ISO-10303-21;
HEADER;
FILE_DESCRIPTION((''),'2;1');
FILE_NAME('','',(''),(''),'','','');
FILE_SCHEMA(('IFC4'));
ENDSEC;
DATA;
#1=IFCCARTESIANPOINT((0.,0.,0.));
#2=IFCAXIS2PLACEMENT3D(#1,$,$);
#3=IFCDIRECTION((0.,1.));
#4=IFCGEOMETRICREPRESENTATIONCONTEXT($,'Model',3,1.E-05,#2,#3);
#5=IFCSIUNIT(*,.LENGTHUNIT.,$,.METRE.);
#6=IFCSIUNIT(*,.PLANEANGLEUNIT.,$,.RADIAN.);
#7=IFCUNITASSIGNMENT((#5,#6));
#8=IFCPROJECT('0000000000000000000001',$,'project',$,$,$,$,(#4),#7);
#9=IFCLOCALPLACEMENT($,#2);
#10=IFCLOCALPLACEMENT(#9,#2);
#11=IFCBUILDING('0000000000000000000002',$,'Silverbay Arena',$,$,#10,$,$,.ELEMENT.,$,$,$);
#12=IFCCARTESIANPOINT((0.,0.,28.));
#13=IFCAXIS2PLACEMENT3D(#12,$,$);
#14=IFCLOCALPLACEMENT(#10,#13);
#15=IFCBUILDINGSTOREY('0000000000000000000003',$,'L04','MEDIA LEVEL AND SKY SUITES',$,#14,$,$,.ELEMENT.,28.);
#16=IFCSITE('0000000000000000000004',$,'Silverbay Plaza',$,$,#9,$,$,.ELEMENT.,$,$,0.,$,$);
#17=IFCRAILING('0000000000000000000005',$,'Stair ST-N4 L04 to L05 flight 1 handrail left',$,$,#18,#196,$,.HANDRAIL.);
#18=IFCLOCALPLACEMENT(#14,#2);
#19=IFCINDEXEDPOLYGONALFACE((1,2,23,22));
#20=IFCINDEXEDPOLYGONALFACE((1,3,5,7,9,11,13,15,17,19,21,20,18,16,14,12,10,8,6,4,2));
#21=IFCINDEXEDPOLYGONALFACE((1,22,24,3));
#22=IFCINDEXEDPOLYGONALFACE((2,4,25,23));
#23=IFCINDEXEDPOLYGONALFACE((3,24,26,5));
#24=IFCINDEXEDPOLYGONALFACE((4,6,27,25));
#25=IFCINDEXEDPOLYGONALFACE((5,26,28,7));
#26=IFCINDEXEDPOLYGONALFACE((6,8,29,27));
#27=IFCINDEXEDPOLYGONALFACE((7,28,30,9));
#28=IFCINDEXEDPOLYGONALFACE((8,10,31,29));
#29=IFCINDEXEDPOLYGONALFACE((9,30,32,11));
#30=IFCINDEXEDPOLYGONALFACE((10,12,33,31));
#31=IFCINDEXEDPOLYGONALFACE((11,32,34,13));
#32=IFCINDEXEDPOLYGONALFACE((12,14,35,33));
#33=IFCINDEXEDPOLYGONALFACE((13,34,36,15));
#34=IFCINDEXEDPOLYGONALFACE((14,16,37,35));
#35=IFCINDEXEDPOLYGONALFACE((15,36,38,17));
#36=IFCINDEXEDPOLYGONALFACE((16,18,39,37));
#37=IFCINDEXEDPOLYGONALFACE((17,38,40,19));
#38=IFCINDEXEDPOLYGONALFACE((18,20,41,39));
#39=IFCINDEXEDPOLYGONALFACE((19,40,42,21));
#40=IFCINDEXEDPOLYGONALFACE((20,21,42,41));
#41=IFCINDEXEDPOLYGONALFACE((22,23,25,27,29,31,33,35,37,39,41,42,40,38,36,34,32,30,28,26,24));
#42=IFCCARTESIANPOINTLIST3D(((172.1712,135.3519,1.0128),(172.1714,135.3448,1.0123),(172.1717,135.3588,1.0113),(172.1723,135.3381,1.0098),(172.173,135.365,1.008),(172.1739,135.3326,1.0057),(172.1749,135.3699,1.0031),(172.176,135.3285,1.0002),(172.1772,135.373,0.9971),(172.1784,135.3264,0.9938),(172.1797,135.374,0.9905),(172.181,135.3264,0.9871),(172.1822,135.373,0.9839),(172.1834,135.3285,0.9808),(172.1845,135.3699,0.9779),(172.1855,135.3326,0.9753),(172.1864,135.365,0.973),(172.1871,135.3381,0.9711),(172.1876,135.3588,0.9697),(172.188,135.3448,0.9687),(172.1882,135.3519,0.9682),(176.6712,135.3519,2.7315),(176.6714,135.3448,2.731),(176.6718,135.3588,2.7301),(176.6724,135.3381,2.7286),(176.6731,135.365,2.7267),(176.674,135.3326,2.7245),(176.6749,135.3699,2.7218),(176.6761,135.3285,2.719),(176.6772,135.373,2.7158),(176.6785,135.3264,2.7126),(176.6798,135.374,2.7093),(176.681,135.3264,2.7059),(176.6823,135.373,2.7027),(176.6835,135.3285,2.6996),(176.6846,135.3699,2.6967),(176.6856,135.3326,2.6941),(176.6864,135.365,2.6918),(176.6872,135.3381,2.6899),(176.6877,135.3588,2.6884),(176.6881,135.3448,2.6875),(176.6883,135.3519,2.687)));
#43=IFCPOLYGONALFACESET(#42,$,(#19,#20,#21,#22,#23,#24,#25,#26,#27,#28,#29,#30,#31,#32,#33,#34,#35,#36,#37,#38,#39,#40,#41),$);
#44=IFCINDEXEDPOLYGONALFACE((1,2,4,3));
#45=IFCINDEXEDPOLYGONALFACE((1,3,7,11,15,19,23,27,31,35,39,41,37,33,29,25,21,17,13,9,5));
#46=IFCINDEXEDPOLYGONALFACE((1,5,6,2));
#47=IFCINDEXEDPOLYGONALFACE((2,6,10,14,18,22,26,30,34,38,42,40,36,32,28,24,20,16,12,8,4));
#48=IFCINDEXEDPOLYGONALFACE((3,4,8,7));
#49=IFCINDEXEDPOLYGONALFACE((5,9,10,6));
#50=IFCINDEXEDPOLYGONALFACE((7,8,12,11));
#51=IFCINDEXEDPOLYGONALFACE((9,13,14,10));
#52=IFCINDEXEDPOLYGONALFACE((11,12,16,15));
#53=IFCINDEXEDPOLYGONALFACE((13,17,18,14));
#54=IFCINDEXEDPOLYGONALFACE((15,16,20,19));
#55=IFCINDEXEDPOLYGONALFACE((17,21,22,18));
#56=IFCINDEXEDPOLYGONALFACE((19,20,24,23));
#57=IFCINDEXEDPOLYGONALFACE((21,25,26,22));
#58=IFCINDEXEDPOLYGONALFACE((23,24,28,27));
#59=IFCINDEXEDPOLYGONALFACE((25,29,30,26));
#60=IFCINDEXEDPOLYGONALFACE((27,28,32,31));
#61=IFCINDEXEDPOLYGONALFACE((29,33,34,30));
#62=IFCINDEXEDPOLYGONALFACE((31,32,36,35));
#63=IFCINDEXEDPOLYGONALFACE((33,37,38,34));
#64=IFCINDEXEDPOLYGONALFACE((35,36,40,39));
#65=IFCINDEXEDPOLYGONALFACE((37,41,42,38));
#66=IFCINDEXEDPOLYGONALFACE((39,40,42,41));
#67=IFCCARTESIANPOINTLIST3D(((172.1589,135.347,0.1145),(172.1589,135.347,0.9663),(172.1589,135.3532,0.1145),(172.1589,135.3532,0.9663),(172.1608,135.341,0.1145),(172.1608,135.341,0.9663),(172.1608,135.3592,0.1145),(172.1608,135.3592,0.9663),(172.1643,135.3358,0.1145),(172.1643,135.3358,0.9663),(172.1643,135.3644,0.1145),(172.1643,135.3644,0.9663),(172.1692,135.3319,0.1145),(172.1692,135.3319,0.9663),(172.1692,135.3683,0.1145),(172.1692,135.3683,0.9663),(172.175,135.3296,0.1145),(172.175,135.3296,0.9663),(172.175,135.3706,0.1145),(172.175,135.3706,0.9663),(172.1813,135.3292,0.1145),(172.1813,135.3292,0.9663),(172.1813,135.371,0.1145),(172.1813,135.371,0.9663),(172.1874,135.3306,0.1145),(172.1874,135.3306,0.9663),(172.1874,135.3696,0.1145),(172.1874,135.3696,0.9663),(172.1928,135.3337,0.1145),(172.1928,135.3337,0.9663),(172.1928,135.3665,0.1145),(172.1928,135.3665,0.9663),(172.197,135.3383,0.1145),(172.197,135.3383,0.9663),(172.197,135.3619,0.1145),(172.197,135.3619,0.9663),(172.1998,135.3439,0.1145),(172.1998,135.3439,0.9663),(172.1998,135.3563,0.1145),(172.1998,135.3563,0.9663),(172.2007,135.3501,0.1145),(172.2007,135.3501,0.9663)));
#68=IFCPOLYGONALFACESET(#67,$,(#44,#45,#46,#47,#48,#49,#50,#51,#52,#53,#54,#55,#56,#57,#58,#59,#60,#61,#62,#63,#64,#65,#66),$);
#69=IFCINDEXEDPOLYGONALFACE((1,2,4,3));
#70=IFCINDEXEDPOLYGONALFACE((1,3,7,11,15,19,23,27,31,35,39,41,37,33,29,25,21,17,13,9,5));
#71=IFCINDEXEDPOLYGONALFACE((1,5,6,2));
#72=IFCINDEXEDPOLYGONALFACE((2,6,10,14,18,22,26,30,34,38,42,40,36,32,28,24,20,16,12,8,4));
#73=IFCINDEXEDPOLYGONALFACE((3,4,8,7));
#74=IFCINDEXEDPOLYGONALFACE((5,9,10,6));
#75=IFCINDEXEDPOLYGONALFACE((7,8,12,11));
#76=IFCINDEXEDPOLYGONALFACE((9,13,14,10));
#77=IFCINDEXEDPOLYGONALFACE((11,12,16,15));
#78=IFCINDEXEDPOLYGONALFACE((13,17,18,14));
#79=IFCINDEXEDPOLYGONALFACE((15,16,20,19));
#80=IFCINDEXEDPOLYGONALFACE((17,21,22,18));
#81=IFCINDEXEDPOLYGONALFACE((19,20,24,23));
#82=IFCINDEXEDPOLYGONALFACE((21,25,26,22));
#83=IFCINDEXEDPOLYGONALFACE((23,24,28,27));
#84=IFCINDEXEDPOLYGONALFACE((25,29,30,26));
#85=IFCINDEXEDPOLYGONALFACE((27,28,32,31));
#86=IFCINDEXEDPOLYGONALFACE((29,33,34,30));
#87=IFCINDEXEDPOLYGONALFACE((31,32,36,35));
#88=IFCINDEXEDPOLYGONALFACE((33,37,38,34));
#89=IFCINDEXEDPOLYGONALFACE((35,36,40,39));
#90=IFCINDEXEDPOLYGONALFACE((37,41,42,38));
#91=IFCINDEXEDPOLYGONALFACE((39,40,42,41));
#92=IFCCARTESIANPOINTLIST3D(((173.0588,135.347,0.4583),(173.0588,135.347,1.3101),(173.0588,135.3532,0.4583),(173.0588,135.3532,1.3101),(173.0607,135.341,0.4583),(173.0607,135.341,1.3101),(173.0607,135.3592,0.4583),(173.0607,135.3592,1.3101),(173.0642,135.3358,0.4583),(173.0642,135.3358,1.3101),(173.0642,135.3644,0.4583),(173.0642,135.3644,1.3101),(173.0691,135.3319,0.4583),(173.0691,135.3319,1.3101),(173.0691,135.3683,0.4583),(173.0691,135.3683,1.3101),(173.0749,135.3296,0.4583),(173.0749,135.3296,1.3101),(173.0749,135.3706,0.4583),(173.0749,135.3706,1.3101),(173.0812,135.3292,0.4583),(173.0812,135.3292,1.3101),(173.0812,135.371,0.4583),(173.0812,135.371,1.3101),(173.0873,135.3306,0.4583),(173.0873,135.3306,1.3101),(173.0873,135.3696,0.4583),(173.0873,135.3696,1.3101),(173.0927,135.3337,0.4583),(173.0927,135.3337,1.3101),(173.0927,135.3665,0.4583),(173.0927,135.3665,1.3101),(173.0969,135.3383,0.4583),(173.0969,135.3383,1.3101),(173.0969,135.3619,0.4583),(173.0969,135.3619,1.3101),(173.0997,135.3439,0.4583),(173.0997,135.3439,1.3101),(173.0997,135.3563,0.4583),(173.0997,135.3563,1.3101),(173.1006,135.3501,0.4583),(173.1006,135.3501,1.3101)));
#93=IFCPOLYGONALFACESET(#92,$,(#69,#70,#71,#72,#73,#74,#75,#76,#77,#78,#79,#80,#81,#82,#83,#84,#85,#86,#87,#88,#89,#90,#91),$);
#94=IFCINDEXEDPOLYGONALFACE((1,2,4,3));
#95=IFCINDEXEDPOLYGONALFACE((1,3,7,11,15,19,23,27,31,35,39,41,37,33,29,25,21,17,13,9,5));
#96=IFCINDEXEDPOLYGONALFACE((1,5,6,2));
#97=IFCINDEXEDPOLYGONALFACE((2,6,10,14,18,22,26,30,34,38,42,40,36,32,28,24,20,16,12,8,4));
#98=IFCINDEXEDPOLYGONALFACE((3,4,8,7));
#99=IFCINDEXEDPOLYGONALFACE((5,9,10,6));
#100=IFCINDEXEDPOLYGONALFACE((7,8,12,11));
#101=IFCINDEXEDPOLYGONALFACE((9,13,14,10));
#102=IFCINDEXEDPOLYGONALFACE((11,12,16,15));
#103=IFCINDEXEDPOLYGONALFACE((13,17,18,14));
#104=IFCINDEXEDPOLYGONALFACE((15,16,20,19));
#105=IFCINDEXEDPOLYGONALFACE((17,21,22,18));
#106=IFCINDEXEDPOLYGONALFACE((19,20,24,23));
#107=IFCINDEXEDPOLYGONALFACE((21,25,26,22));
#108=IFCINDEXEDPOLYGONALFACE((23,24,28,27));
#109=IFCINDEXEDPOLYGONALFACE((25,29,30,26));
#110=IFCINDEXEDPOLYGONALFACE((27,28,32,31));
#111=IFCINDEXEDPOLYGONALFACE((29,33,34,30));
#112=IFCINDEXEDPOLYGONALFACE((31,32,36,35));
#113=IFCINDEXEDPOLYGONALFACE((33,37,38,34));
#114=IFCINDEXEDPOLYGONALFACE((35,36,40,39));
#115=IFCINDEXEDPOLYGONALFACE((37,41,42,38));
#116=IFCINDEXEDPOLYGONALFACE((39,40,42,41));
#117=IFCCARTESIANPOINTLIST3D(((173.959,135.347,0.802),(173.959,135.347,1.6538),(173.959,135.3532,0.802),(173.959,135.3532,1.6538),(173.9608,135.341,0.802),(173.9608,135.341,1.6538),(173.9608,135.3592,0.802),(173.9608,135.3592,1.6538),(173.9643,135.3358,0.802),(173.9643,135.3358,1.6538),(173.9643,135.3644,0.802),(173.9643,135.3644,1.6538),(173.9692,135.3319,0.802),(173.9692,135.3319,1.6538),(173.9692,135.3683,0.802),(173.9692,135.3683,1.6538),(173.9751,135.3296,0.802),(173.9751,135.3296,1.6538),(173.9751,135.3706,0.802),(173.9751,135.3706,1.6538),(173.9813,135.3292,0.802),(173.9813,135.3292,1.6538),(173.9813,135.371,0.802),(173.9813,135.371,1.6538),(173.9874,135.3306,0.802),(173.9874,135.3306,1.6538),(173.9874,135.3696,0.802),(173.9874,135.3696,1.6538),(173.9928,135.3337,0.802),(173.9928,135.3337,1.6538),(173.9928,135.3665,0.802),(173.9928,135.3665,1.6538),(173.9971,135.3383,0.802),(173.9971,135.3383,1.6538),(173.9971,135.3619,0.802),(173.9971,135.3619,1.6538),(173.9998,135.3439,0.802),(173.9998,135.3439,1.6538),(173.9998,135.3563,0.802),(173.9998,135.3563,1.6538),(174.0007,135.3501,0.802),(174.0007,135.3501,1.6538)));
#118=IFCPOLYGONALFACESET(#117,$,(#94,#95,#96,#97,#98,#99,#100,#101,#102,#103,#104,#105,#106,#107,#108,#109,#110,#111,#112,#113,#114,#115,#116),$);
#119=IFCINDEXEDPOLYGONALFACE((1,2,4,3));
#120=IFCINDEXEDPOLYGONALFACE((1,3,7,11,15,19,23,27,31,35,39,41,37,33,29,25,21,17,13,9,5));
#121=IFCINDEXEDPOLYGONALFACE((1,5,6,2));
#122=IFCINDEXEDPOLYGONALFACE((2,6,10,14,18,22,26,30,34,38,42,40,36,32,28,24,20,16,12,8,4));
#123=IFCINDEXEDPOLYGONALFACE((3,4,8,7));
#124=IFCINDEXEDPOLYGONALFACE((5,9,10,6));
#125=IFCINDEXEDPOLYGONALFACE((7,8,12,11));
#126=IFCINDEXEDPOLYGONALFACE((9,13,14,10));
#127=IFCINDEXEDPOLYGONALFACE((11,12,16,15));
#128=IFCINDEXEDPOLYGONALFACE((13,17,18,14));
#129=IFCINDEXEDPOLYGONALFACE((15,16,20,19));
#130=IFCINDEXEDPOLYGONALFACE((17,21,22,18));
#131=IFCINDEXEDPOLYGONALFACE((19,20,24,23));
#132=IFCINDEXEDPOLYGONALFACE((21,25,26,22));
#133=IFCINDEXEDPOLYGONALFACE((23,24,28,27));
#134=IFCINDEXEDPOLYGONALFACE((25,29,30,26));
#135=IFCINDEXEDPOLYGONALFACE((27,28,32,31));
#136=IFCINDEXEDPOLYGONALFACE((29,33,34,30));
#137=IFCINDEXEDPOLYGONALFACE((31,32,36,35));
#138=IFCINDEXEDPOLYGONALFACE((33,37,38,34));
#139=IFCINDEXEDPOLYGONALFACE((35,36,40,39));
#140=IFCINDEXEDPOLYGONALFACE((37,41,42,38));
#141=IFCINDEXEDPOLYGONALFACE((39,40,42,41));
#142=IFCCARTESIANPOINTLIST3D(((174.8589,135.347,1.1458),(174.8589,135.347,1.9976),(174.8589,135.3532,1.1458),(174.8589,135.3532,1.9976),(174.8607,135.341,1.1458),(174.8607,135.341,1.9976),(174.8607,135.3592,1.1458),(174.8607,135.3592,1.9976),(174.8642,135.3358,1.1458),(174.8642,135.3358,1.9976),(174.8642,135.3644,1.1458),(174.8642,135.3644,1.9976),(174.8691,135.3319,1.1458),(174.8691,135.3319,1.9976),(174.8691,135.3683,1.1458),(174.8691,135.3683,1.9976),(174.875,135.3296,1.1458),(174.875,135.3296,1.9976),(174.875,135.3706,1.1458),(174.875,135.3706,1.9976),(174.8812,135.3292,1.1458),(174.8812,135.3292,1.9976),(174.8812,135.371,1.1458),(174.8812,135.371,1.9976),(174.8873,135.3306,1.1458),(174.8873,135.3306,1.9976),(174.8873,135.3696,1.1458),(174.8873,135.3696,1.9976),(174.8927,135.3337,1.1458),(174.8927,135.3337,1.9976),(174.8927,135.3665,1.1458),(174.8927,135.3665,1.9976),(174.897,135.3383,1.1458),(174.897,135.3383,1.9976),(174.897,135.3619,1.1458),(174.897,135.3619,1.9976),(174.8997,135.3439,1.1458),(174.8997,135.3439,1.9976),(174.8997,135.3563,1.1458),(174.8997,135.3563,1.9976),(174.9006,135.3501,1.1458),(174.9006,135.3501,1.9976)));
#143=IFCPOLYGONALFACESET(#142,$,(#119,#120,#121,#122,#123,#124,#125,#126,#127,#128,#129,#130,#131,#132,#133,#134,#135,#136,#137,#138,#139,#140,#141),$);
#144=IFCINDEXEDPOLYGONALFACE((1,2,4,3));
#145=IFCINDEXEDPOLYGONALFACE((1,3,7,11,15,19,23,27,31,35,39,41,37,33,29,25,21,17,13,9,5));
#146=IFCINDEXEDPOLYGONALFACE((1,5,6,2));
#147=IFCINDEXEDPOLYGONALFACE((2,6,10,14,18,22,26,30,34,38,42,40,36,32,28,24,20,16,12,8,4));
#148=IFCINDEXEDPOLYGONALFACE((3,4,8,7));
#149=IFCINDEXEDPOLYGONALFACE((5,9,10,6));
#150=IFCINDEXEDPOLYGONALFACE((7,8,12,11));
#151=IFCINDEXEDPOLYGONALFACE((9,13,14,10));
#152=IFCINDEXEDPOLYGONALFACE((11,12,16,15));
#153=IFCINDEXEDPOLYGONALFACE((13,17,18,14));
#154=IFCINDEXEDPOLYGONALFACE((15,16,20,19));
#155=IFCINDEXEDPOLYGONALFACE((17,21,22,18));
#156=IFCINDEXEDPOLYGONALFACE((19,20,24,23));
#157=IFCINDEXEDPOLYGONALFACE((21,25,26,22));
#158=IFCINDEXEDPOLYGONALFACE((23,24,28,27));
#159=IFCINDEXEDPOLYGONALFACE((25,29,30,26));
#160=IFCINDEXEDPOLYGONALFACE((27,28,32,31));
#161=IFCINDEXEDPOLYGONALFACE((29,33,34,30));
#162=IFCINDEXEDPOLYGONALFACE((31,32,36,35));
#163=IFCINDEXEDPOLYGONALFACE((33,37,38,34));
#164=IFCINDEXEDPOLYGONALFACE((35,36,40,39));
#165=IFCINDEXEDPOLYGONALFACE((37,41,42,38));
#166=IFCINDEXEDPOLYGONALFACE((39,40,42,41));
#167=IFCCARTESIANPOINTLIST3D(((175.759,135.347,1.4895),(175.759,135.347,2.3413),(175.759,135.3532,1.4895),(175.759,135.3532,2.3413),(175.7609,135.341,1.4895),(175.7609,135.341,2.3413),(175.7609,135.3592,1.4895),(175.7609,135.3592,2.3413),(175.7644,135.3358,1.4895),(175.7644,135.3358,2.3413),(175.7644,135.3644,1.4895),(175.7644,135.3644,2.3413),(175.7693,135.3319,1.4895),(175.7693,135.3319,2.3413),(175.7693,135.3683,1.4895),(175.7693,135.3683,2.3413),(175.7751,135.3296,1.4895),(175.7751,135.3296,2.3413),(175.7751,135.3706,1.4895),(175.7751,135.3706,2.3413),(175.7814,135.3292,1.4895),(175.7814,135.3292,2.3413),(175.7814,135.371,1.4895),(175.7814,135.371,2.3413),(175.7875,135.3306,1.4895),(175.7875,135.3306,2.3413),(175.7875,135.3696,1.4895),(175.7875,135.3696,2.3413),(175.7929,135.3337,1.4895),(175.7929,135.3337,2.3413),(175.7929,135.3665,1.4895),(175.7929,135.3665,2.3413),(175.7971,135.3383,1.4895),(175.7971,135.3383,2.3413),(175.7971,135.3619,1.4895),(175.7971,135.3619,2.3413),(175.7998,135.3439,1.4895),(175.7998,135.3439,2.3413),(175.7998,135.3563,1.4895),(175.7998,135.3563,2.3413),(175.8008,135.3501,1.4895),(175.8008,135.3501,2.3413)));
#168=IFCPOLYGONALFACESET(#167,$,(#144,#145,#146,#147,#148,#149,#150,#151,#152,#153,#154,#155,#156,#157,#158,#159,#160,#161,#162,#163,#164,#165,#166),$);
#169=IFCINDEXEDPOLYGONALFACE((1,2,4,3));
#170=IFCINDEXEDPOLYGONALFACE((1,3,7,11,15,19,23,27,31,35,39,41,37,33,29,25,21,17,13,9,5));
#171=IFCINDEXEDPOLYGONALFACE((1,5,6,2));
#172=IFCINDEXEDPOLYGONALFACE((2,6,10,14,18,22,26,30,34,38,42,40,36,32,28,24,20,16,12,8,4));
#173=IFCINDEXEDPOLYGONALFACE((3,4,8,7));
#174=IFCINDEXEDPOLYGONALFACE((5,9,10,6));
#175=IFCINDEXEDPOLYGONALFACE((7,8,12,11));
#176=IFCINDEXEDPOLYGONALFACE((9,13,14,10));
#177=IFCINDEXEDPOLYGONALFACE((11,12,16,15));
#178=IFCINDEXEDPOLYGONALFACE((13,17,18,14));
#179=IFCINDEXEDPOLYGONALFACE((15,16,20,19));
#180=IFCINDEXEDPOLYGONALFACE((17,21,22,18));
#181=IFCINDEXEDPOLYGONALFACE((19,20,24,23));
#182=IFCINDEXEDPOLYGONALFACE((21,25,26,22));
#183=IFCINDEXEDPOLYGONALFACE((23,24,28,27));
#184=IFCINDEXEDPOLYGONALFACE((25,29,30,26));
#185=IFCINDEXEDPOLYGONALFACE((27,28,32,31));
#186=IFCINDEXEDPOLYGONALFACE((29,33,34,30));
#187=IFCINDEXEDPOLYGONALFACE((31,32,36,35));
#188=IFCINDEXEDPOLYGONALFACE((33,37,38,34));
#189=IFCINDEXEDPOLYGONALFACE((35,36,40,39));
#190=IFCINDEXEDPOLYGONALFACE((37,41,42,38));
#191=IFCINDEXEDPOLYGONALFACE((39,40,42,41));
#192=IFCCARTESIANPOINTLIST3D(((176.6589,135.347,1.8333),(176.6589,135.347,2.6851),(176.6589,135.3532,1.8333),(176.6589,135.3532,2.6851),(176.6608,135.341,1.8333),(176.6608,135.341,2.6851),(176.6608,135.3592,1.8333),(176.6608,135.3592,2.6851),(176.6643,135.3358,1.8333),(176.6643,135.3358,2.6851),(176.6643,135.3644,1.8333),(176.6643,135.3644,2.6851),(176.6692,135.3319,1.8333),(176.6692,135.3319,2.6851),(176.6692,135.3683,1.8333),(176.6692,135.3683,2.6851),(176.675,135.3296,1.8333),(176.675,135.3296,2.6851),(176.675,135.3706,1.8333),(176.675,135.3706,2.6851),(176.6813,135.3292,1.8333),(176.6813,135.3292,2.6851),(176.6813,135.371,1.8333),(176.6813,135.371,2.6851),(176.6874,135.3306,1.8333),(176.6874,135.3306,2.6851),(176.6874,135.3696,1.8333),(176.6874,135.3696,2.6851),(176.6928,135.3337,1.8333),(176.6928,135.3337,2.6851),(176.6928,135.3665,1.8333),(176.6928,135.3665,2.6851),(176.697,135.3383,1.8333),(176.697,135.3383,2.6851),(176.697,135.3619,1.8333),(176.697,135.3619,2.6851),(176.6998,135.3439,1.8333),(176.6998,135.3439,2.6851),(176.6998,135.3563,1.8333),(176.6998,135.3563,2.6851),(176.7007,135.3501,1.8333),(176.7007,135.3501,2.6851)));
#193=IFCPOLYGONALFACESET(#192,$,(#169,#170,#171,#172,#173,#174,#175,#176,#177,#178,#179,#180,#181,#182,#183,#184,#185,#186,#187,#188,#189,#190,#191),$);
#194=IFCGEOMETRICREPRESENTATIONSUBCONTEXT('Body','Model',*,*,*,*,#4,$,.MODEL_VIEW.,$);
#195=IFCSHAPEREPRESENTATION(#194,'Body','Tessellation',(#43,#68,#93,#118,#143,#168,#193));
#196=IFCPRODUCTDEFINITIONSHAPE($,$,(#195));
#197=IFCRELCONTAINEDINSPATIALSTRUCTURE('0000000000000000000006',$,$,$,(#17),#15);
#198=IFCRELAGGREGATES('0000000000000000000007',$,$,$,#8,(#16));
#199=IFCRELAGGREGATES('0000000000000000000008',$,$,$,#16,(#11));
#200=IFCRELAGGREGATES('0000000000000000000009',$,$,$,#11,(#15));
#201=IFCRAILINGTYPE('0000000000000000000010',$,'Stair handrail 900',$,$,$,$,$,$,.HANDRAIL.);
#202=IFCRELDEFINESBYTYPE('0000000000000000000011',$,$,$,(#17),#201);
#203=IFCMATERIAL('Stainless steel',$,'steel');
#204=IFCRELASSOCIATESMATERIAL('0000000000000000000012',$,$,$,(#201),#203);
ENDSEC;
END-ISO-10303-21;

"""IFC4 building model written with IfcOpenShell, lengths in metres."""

from ifc_helpers import new_model, si_unit, direction, frame, origin, origin_2d, place, context, subcontext, project, spatial, circle, extrude, material, type_object, element, save


model = new_model("IFC4")

# Units and contexts
model_context = context("Model", 3, precision=1e-05, world=origin(), true_north=direction((0.0, 1.0)))
body_context = subcontext(model_context, "Body", "Model", "MODEL_VIEW")
ifc_project = project(units=[si_unit("LENGTHUNIT", "METRE"), si_unit("PLANEANGLEUNIT", "RADIAN")], contexts=[model_context])

# Site, building, storey
site_placement = place(None, origin())
site = spatial("IfcSite", under=ifc_project, at=site_placement, Name="Silverbay Plaza", CompositionType="ELEMENT", RefElevation=0.0)
building_placement = place(site_placement, origin())
building = spatial("IfcBuilding", under=site, at=building_placement, Name="Silverbay Arena", CompositionType="ELEMENT")
storey_placement = place(building_placement, frame((0.0, 0.0, 28.0)))
storey = spatial("IfcBuildingStorey", under=building, at=storey_placement, Name="L04", Description="MEDIA LEVEL AND SKY SUITES", CompositionType="ELEMENT", Elevation=28.0)

# Railing
ifc_material_1 = material(Name="Stainless steel", Category="steel")
railing_type_1 = type_object("IfcRailingType", Name="Stair handrail 900", PredefinedType="HANDRAIL", material=ifc_material_1)
railing_1_placement = place(storey_placement, frame((172.1797, 135.3501, 0.1145)))
element("IfcRailing", 1, at=railing_1_placement, inside=storey, type_object=railing_type_1, Name="Stair ST-N4 L04 to L05 flight 1 handrail left", PredefinedType="HANDRAIL", context=body_context, shape_type="SweptSolid", body=[
    extrude(circle(Radius=0.0239, at=origin_2d()), frame((0.0, 0.0, 0.876), z_axis=(0.934179, 0.0, 0.356805), x_axis=(0.0, 1.0, 0.0)), (0.0, 0.0, 1.0), 4.8171),
    extrude(circle(Radius=0.021, at=origin_2d()), origin(), (0.0, 0.0, 1.0), 0.8518),
    extrude(circle(Radius=0.021, at=origin_2d()), frame((0.8999, 0.0, 0.3438)), (0.0, 0.0, 1.0), 0.8518),
    extrude(circle(Radius=0.021, at=origin_2d()), frame((1.8, 0.0, 0.6875)), (0.0, 0.0, 1.0), 0.8518),
    extrude(circle(Radius=0.021, at=origin_2d()), frame((2.7, 0.0, 1.0312)), (0.0, 0.0, 1.0), 0.8518),
    extrude(circle(Radius=0.021, at=origin_2d()), frame((3.6001, 0.0, 1.375)), (0.0, 0.0, 1.0), 0.8518),
    extrude(circle(Radius=0.021, at=origin_2d()), frame((4.5, 0.0, 1.7188)), (0.0, 0.0, 1.0), 0.8518),
])

save(model, "model.ifc")
